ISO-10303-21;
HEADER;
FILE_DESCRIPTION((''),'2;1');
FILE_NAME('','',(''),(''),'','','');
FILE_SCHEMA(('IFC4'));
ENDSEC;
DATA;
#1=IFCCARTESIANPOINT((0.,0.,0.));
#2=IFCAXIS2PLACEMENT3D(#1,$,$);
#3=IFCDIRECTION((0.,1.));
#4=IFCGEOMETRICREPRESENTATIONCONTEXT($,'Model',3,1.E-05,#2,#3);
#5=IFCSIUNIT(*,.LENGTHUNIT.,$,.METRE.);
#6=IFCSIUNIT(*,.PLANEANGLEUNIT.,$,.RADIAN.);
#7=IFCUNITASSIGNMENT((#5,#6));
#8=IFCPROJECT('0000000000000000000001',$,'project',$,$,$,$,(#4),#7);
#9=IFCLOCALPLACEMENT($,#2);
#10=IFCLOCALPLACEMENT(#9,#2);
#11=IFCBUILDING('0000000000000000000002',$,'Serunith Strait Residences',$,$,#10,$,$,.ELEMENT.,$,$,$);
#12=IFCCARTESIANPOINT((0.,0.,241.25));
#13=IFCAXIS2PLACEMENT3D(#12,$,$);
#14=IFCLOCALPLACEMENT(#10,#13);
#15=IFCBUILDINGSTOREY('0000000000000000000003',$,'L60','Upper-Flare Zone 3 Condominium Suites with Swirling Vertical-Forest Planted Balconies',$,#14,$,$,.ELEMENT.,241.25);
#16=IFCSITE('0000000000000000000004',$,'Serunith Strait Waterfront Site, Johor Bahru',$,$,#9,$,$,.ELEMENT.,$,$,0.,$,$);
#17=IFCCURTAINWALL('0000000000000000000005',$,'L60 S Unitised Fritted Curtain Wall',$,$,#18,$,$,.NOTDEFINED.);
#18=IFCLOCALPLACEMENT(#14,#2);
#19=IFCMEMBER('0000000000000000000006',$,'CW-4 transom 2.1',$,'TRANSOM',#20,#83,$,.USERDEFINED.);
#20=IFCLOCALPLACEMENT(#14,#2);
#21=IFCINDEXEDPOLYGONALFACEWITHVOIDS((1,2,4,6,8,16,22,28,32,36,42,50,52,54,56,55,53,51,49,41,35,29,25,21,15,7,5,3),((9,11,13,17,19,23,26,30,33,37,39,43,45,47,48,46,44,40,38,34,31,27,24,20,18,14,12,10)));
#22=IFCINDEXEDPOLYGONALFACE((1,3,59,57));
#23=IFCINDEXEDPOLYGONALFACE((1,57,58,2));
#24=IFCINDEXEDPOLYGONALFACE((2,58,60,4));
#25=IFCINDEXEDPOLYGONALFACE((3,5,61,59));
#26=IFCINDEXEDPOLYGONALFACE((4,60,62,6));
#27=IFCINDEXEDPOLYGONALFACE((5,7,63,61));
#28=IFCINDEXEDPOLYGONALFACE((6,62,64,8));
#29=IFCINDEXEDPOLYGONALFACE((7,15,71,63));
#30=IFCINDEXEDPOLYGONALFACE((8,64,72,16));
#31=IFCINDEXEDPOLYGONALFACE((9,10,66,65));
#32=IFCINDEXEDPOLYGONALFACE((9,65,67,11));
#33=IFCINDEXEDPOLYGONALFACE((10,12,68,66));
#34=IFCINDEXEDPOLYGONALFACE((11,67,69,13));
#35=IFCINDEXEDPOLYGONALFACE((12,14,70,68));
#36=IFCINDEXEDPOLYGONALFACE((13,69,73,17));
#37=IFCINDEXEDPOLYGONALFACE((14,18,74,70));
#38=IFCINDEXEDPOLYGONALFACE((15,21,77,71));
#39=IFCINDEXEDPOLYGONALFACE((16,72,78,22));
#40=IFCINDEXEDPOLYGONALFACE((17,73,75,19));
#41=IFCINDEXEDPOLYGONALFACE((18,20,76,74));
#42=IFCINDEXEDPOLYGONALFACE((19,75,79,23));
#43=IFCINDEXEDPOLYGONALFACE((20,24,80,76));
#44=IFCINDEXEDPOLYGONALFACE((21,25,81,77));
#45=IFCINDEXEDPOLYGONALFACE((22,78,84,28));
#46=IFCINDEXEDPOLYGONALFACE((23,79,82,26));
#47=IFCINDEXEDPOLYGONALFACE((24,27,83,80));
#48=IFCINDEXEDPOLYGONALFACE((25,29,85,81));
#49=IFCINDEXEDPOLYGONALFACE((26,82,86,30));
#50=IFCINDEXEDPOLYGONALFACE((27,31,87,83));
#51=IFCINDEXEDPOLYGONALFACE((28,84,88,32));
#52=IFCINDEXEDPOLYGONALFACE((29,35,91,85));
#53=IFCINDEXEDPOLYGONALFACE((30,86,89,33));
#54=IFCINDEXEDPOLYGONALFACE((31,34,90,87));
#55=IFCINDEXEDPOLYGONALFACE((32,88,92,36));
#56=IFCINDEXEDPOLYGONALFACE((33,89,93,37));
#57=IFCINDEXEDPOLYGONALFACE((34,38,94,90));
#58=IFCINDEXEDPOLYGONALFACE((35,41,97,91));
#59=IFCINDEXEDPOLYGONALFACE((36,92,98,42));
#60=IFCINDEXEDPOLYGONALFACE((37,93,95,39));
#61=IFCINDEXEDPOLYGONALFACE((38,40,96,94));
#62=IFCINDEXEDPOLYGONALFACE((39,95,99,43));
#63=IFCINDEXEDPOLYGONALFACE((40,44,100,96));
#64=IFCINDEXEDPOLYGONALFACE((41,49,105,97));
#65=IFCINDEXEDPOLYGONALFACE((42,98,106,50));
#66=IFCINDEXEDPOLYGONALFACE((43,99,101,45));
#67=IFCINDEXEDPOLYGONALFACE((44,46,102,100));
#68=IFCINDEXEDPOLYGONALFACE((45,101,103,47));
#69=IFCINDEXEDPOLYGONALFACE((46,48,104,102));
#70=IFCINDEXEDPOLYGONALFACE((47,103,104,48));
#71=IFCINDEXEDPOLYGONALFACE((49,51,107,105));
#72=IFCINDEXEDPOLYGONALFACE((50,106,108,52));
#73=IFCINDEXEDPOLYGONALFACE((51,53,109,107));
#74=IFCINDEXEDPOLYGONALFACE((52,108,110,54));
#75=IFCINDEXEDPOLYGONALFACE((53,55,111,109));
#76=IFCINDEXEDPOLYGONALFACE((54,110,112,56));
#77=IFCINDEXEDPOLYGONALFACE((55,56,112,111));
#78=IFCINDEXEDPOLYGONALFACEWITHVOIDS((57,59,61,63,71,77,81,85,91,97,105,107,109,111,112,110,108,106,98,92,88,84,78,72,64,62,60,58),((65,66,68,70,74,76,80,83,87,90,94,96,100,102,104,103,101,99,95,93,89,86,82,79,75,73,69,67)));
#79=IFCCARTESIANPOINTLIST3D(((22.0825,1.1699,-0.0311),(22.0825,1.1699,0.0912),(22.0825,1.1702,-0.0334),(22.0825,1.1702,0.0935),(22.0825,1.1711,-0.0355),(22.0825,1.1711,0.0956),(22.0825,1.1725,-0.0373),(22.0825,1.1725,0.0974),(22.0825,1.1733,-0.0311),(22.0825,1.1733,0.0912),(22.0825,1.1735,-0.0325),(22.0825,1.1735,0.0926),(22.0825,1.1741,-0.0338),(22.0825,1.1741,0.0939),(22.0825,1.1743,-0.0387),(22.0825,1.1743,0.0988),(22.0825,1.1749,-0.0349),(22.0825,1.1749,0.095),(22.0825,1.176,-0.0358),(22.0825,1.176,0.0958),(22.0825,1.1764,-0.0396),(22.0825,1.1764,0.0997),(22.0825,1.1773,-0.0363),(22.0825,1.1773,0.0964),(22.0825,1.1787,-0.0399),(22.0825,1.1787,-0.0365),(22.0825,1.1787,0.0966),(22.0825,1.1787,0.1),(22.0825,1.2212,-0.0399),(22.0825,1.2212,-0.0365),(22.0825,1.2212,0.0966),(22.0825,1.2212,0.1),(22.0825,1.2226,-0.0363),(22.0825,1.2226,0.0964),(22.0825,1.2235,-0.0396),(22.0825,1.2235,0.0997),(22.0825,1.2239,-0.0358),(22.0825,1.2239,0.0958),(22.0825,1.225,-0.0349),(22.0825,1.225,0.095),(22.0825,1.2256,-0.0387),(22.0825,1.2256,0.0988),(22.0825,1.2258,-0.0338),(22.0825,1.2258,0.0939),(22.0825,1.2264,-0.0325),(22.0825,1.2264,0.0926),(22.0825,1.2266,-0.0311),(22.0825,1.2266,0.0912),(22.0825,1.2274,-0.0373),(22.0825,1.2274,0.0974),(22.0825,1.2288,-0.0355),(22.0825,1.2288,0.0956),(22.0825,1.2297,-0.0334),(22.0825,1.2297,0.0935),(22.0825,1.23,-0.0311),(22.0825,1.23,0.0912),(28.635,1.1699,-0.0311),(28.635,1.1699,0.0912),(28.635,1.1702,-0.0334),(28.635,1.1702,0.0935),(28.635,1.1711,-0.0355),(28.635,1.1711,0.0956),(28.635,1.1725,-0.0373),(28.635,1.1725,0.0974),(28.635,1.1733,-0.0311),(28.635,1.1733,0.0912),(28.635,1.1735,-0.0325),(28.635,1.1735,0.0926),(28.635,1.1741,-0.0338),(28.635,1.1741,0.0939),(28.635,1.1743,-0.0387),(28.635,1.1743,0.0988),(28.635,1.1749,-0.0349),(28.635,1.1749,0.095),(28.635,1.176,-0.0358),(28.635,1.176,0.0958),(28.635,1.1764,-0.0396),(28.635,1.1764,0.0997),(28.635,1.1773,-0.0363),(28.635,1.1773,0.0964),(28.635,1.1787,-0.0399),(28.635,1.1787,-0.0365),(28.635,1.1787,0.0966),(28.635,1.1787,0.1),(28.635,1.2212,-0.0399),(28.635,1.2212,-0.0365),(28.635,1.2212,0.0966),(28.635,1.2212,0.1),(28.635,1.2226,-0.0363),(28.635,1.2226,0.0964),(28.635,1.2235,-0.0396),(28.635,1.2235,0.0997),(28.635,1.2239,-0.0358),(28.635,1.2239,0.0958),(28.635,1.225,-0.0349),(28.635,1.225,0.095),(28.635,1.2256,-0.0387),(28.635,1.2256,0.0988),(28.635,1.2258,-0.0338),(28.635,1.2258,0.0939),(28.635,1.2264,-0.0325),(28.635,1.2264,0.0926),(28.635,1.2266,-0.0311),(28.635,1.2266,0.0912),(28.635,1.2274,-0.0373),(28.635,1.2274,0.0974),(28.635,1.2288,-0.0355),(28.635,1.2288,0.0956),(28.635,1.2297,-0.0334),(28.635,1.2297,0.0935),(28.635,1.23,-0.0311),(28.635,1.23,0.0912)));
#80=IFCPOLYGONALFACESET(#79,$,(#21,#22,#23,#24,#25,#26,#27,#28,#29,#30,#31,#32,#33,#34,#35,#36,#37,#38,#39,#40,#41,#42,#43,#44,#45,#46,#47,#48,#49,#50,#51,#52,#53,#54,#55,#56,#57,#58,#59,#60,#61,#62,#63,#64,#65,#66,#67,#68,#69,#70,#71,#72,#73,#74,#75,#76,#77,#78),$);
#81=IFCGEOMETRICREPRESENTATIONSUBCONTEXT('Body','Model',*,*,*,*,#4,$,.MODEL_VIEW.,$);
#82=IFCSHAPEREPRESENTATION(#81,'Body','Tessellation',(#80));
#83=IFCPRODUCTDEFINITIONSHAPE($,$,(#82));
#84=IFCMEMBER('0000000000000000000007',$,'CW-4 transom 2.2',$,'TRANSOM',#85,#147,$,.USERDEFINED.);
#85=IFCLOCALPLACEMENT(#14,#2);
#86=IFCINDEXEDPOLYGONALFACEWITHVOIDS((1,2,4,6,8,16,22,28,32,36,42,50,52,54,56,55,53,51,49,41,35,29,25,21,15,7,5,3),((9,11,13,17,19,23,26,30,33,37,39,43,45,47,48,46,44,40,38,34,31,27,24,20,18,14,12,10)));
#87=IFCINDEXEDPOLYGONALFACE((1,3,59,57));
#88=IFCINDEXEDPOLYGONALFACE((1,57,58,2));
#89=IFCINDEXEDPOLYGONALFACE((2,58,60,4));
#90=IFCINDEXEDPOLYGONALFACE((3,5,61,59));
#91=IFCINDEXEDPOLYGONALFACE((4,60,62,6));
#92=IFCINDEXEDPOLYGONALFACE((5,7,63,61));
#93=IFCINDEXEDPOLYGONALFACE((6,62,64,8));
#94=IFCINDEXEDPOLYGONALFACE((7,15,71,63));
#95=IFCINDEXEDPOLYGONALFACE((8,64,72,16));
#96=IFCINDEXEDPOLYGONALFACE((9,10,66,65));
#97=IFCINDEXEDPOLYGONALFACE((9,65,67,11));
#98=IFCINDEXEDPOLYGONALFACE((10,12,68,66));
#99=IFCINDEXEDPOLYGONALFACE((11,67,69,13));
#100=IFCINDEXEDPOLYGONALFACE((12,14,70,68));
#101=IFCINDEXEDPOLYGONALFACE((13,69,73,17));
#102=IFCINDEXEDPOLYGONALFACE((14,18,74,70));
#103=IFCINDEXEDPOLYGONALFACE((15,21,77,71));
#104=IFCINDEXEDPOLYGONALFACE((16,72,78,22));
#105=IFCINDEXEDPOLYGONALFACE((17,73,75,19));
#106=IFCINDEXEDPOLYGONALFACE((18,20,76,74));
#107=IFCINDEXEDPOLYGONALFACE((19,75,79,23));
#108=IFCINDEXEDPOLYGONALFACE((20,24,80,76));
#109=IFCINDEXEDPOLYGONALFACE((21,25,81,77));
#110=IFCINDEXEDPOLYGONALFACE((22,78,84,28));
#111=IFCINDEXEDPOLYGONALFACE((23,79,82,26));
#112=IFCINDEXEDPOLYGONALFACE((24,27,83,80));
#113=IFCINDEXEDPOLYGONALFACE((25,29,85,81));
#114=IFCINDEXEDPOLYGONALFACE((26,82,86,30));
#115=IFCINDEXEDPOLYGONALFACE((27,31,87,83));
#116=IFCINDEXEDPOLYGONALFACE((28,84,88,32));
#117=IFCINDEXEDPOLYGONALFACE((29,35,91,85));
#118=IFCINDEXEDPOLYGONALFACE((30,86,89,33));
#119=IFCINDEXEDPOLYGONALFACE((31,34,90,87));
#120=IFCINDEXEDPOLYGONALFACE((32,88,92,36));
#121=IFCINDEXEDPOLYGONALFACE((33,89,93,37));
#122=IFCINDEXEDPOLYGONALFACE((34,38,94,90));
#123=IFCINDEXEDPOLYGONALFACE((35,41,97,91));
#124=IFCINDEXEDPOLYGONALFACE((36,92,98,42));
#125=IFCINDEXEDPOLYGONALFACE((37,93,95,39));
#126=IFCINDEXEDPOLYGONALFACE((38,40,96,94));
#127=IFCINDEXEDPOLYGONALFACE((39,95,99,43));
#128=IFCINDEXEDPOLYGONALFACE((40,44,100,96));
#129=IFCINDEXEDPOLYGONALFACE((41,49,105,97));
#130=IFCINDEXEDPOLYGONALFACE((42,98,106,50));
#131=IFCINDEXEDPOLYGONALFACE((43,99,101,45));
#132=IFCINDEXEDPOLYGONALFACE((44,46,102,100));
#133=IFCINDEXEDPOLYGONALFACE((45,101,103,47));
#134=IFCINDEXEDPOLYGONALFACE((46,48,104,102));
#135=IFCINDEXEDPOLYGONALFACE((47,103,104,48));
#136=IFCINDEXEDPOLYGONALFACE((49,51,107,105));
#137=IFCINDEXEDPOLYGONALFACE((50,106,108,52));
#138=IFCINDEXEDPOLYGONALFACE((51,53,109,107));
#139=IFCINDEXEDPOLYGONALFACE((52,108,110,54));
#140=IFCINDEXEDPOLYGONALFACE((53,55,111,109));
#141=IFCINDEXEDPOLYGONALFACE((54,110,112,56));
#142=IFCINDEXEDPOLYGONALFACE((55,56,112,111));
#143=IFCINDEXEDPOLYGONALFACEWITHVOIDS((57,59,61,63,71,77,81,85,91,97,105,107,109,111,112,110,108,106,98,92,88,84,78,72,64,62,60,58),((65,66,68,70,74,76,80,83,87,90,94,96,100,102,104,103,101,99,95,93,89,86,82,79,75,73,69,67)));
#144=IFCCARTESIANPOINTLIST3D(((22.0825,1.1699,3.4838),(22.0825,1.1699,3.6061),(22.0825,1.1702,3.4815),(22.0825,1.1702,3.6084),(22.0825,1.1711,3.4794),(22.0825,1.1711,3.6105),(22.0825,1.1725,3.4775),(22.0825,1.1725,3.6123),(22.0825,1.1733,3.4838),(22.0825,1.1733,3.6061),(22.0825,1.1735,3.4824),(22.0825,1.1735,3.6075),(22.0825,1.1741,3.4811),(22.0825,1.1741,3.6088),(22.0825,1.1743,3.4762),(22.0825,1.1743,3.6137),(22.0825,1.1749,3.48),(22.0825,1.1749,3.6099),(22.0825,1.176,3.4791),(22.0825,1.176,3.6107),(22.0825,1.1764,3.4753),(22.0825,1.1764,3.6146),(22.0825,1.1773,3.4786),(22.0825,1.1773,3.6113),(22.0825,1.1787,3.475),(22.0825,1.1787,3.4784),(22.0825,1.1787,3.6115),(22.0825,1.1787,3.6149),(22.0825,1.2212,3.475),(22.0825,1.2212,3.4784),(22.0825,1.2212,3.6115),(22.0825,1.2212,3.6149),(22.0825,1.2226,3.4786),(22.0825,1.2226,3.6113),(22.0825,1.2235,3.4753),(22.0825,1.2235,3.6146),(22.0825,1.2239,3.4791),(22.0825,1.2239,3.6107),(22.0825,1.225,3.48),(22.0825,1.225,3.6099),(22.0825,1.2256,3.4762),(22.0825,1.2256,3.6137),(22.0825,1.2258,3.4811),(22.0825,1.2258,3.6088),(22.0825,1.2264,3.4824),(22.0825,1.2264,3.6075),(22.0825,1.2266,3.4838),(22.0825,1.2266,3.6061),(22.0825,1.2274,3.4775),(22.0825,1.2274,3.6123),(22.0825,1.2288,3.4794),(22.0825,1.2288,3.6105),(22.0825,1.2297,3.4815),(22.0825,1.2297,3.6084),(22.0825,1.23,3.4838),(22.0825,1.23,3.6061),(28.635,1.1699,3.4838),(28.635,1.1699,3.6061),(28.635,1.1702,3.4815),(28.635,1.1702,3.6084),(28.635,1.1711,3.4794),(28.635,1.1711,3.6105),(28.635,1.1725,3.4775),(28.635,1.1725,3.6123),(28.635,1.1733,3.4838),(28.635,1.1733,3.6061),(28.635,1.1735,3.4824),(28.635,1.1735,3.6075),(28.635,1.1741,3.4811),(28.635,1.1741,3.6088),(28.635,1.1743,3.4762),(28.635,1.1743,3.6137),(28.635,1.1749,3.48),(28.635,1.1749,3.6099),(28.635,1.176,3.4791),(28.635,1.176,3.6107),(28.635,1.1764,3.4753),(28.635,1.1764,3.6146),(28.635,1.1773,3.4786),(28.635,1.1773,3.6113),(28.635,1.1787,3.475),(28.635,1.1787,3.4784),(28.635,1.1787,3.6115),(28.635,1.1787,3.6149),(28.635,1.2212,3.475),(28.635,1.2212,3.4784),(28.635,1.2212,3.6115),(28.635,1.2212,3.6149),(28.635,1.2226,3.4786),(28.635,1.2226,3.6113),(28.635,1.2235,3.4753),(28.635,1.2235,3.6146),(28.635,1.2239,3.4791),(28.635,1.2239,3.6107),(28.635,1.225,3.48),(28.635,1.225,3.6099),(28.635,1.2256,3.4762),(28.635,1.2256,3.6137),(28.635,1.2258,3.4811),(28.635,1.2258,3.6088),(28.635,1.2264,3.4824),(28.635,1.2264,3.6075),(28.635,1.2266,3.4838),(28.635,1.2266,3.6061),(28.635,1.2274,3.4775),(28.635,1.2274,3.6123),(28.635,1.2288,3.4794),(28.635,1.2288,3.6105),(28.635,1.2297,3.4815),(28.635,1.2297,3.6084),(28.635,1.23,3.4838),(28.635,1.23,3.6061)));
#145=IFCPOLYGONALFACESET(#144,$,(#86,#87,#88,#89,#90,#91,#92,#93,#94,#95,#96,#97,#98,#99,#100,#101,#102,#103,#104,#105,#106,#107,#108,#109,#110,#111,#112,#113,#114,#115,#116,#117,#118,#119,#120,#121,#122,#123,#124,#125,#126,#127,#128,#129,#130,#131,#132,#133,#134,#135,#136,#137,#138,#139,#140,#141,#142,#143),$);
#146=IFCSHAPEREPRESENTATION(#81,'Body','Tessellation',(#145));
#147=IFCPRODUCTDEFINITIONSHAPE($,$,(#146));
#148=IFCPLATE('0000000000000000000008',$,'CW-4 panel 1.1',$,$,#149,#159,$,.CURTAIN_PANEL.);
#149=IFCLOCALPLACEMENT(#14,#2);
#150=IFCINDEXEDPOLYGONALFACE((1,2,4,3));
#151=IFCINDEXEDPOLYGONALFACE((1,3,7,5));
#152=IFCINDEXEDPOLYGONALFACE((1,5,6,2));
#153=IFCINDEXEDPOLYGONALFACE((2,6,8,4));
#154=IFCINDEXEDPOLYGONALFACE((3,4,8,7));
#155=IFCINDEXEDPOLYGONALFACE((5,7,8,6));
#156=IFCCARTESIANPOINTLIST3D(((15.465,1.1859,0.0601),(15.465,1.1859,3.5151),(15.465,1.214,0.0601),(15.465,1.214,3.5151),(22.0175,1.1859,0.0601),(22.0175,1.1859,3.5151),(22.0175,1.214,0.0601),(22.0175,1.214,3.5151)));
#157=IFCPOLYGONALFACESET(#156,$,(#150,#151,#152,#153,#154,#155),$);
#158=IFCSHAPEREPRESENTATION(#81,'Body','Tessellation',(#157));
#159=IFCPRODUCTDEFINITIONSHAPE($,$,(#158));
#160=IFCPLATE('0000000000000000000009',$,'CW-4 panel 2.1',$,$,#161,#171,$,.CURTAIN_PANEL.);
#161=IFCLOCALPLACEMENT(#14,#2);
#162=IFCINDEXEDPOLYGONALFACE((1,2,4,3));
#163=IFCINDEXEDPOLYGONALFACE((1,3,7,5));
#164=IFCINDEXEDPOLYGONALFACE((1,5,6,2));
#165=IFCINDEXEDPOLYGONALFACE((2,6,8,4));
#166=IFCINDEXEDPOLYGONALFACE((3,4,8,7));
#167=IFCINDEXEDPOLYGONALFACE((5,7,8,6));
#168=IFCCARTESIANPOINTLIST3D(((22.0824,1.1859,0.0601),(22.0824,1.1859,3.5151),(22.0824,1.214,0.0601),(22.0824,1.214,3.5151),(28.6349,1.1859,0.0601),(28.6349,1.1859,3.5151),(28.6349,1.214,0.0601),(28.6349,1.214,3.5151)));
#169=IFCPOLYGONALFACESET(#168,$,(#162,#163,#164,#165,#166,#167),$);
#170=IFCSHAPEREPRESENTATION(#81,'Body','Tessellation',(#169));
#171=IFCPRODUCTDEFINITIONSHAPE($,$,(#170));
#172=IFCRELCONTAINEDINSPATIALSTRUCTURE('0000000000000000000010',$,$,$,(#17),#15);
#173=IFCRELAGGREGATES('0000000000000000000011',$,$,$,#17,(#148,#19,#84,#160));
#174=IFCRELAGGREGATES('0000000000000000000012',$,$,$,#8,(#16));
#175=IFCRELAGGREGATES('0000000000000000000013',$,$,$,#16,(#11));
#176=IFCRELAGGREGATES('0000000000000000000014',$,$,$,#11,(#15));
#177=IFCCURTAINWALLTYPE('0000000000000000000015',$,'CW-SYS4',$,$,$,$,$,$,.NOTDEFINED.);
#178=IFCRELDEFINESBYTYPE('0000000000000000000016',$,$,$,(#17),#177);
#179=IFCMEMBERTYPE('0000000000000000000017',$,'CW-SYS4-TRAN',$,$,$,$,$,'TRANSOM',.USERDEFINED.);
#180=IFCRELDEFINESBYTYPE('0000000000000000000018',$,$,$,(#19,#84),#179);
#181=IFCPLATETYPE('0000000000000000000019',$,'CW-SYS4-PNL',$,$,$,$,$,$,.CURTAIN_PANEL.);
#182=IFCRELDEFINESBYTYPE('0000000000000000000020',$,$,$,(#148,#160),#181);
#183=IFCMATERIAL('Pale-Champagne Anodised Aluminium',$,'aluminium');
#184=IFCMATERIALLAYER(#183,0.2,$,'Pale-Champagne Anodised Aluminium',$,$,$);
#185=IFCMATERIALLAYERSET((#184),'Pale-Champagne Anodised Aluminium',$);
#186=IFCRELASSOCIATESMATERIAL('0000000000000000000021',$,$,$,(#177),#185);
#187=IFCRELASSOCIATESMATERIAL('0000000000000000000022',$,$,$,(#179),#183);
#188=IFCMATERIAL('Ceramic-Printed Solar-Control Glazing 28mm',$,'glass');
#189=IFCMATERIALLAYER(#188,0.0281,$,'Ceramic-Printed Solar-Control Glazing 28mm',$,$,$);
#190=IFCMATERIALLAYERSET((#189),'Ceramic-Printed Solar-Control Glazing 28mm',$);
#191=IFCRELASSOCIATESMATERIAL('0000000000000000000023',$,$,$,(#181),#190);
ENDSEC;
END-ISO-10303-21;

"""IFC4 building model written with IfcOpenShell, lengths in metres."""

from ifc_helpers import new_model, si_unit, direction, frame, origin, origin_2d, place, context, subcontext, project, spatial, rectangle, hollow_rectangle, extrude, source, transform, mapped, material, layer, layer_set, material_profile, profile_set, type_object, element, aggregate, save


model = new_model("IFC4")

# Units and contexts
model_context = context("Model", 3, precision=1e-05, world=origin(), true_north=direction((0.0, 1.0)))
body_context = subcontext(model_context, "Body", "Model", "MODEL_VIEW")
ifc_project = project(units=[si_unit("LENGTHUNIT", "METRE"), si_unit("PLANEANGLEUNIT", "RADIAN")], contexts=[model_context])

# Site, building, storey
site_placement = place(None, origin())
site = spatial("IfcSite", under=ifc_project, at=site_placement, Name="Serunith Strait Waterfront Site, Johor Bahru", CompositionType="ELEMENT", RefElevation=0.0)
building_placement = place(site_placement, origin())
building = spatial("IfcBuilding", under=site, at=building_placement, Name="Serunith Strait Residences", CompositionType="ELEMENT")
storey_placement = place(building_placement, frame((0.0, 0.0, 241.25)))
storey = spatial("IfcBuildingStorey", under=building, at=storey_placement, Name="L60", Description="Upper-Flare Zone 3 Condominium Suites with Swirling Vertical-Forest Planted Balconies", CompositionType="ELEMENT", Elevation=241.25)

# Curtain wall, members, plates
ifc_material_1 = material(Name="Pale-Champagne Anodised Aluminium", Category="aluminium")
ifc_layer_1 = layer(ifc_material_1, 0.2, Name="Pale-Champagne Anodised Aluminium")
ifc_layer_set_1 = layer_set([ifc_layer_1], Name="Pale-Champagne Anodised Aluminium")
curtain_wall_type = type_object("IfcCurtainWallType", Name="CW-SYS4", PredefinedType="NOTDEFINED", material=ifc_layer_set_1)
curtain_wall_placement = place(storey_placement, origin())
curtain_wall = element("IfcCurtainWall", 1, at=curtain_wall_placement, inside=storey, type_object=curtain_wall_type, Name="L60 S Unitised Fritted Curtain Wall", PredefinedType="NOTDEFINED")
ifc_material_profile_1 = material_profile(ifc_material_1, hollow_rectangle(XDim=0.0601, YDim=0.1399, WallThickness=0.0034, InnerFilletRadius=0.0054, OuterFilletRadius=0.0088, at=origin_2d()), Name="ALU 140x60x3.5")
ifc_profile_set_1 = profile_set([ifc_material_profile_1], Name="Pale-Champagne Anodised Aluminium")
member_type_1 = type_object("IfcMemberType", Name="CW-SYS4-TRAN", ElementType="TRANSOM", PredefinedType="USERDEFINED", material=ifc_profile_set_1)
shared_shape_1 = source(origin(), body_context, "Body", "SweptSolid", [
    extrude(hollow_rectangle(XDim=0.0601, YDim=0.1399, WallThickness=0.0034, InnerFilletRadius=0.0054, OuterFilletRadius=0.0088, at=origin_2d()), origin(), (0.0, 0.0, 1.0), 6.5525),
])
member_1_placement = place(storey_placement, frame((22.0825, 1.2, 0.03), z_axis=(1.0, 0.0, 0.0), x_axis=(0.0, 1.0, 0.0)))
member_1 = element("IfcMember", 2, at=member_1_placement, type_object=member_type_1, Name="CW-4 transom 2.1", ObjectType="TRANSOM", PredefinedType="USERDEFINED", context=body_context, shape_type="MappedRepresentation", body=[
    mapped(shared_shape_1, transform((0.0, 0.0, 0.0), scale=1.0)),
])
member_2_placement = place(storey_placement, frame((22.0825, 1.2, 3.5449), z_axis=(1.0, 0.0, 0.0), x_axis=(0.0, 1.0, 0.0)))
member_2 = element("IfcMember", 3, at=member_2_placement, type_object=member_type_1, Name="CW-4 transom 2.2", ObjectType="TRANSOM", PredefinedType="USERDEFINED", context=body_context, shape_type="MappedRepresentation", body=[
    mapped(shared_shape_1, transform((0.0, 0.0, 0.0), scale=1.0)),
])
ifc_material_2 = material(Name="Ceramic-Printed Solar-Control Glazing 28mm", Category="glass")
ifc_layer_2 = layer(ifc_material_2, 0.0281, Name="Ceramic-Printed Solar-Control Glazing 28mm")
ifc_layer_set_2 = layer_set([ifc_layer_2], Name="Ceramic-Printed Solar-Control Glazing 28mm")
plate_type = type_object("IfcPlateType", Name="CW-SYS4-PNL", PredefinedType="CURTAIN_PANEL", material=ifc_layer_set_2)
shared_shape_2 = source(origin(), body_context, "Body", "SweptSolid", [
    extrude(rectangle(XDim=6.5525, YDim=0.0281, at=origin_2d()), origin(), (0.0, 0.0, 1.0), 3.4551),
])
plate_1_placement = place(storey_placement, frame((18.7412, 1.2, 0.0601), z_axis=(0.0, 0.0, 1.0), x_axis=(1.0, 0.0, 0.0)))
plate_1 = element("IfcPlate", 4, at=plate_1_placement, type_object=plate_type, Name="CW-4 panel 1.1", PredefinedType="CURTAIN_PANEL", context=body_context, shape_type="MappedRepresentation", body=[
    mapped(shared_shape_2, transform((0.0, 0.0, 0.0), scale=1.0)),
])
plate_2_placement = place(storey_placement, frame((25.3586, 1.2, 0.0601), z_axis=(0.0, 0.0, 1.0), x_axis=(1.0, 0.0, 0.0)))
plate_2 = element("IfcPlate", 5, at=plate_2_placement, type_object=plate_type, Name="CW-4 panel 2.1", PredefinedType="CURTAIN_PANEL", context=body_context, shape_type="MappedRepresentation", body=[
    mapped(shared_shape_2, transform((0.0, 0.0, 0.0), scale=1.0)),
])
aggregate(curtain_wall, [plate_1, member_1, member_2, plate_2])

save(model, "model.ifc")
